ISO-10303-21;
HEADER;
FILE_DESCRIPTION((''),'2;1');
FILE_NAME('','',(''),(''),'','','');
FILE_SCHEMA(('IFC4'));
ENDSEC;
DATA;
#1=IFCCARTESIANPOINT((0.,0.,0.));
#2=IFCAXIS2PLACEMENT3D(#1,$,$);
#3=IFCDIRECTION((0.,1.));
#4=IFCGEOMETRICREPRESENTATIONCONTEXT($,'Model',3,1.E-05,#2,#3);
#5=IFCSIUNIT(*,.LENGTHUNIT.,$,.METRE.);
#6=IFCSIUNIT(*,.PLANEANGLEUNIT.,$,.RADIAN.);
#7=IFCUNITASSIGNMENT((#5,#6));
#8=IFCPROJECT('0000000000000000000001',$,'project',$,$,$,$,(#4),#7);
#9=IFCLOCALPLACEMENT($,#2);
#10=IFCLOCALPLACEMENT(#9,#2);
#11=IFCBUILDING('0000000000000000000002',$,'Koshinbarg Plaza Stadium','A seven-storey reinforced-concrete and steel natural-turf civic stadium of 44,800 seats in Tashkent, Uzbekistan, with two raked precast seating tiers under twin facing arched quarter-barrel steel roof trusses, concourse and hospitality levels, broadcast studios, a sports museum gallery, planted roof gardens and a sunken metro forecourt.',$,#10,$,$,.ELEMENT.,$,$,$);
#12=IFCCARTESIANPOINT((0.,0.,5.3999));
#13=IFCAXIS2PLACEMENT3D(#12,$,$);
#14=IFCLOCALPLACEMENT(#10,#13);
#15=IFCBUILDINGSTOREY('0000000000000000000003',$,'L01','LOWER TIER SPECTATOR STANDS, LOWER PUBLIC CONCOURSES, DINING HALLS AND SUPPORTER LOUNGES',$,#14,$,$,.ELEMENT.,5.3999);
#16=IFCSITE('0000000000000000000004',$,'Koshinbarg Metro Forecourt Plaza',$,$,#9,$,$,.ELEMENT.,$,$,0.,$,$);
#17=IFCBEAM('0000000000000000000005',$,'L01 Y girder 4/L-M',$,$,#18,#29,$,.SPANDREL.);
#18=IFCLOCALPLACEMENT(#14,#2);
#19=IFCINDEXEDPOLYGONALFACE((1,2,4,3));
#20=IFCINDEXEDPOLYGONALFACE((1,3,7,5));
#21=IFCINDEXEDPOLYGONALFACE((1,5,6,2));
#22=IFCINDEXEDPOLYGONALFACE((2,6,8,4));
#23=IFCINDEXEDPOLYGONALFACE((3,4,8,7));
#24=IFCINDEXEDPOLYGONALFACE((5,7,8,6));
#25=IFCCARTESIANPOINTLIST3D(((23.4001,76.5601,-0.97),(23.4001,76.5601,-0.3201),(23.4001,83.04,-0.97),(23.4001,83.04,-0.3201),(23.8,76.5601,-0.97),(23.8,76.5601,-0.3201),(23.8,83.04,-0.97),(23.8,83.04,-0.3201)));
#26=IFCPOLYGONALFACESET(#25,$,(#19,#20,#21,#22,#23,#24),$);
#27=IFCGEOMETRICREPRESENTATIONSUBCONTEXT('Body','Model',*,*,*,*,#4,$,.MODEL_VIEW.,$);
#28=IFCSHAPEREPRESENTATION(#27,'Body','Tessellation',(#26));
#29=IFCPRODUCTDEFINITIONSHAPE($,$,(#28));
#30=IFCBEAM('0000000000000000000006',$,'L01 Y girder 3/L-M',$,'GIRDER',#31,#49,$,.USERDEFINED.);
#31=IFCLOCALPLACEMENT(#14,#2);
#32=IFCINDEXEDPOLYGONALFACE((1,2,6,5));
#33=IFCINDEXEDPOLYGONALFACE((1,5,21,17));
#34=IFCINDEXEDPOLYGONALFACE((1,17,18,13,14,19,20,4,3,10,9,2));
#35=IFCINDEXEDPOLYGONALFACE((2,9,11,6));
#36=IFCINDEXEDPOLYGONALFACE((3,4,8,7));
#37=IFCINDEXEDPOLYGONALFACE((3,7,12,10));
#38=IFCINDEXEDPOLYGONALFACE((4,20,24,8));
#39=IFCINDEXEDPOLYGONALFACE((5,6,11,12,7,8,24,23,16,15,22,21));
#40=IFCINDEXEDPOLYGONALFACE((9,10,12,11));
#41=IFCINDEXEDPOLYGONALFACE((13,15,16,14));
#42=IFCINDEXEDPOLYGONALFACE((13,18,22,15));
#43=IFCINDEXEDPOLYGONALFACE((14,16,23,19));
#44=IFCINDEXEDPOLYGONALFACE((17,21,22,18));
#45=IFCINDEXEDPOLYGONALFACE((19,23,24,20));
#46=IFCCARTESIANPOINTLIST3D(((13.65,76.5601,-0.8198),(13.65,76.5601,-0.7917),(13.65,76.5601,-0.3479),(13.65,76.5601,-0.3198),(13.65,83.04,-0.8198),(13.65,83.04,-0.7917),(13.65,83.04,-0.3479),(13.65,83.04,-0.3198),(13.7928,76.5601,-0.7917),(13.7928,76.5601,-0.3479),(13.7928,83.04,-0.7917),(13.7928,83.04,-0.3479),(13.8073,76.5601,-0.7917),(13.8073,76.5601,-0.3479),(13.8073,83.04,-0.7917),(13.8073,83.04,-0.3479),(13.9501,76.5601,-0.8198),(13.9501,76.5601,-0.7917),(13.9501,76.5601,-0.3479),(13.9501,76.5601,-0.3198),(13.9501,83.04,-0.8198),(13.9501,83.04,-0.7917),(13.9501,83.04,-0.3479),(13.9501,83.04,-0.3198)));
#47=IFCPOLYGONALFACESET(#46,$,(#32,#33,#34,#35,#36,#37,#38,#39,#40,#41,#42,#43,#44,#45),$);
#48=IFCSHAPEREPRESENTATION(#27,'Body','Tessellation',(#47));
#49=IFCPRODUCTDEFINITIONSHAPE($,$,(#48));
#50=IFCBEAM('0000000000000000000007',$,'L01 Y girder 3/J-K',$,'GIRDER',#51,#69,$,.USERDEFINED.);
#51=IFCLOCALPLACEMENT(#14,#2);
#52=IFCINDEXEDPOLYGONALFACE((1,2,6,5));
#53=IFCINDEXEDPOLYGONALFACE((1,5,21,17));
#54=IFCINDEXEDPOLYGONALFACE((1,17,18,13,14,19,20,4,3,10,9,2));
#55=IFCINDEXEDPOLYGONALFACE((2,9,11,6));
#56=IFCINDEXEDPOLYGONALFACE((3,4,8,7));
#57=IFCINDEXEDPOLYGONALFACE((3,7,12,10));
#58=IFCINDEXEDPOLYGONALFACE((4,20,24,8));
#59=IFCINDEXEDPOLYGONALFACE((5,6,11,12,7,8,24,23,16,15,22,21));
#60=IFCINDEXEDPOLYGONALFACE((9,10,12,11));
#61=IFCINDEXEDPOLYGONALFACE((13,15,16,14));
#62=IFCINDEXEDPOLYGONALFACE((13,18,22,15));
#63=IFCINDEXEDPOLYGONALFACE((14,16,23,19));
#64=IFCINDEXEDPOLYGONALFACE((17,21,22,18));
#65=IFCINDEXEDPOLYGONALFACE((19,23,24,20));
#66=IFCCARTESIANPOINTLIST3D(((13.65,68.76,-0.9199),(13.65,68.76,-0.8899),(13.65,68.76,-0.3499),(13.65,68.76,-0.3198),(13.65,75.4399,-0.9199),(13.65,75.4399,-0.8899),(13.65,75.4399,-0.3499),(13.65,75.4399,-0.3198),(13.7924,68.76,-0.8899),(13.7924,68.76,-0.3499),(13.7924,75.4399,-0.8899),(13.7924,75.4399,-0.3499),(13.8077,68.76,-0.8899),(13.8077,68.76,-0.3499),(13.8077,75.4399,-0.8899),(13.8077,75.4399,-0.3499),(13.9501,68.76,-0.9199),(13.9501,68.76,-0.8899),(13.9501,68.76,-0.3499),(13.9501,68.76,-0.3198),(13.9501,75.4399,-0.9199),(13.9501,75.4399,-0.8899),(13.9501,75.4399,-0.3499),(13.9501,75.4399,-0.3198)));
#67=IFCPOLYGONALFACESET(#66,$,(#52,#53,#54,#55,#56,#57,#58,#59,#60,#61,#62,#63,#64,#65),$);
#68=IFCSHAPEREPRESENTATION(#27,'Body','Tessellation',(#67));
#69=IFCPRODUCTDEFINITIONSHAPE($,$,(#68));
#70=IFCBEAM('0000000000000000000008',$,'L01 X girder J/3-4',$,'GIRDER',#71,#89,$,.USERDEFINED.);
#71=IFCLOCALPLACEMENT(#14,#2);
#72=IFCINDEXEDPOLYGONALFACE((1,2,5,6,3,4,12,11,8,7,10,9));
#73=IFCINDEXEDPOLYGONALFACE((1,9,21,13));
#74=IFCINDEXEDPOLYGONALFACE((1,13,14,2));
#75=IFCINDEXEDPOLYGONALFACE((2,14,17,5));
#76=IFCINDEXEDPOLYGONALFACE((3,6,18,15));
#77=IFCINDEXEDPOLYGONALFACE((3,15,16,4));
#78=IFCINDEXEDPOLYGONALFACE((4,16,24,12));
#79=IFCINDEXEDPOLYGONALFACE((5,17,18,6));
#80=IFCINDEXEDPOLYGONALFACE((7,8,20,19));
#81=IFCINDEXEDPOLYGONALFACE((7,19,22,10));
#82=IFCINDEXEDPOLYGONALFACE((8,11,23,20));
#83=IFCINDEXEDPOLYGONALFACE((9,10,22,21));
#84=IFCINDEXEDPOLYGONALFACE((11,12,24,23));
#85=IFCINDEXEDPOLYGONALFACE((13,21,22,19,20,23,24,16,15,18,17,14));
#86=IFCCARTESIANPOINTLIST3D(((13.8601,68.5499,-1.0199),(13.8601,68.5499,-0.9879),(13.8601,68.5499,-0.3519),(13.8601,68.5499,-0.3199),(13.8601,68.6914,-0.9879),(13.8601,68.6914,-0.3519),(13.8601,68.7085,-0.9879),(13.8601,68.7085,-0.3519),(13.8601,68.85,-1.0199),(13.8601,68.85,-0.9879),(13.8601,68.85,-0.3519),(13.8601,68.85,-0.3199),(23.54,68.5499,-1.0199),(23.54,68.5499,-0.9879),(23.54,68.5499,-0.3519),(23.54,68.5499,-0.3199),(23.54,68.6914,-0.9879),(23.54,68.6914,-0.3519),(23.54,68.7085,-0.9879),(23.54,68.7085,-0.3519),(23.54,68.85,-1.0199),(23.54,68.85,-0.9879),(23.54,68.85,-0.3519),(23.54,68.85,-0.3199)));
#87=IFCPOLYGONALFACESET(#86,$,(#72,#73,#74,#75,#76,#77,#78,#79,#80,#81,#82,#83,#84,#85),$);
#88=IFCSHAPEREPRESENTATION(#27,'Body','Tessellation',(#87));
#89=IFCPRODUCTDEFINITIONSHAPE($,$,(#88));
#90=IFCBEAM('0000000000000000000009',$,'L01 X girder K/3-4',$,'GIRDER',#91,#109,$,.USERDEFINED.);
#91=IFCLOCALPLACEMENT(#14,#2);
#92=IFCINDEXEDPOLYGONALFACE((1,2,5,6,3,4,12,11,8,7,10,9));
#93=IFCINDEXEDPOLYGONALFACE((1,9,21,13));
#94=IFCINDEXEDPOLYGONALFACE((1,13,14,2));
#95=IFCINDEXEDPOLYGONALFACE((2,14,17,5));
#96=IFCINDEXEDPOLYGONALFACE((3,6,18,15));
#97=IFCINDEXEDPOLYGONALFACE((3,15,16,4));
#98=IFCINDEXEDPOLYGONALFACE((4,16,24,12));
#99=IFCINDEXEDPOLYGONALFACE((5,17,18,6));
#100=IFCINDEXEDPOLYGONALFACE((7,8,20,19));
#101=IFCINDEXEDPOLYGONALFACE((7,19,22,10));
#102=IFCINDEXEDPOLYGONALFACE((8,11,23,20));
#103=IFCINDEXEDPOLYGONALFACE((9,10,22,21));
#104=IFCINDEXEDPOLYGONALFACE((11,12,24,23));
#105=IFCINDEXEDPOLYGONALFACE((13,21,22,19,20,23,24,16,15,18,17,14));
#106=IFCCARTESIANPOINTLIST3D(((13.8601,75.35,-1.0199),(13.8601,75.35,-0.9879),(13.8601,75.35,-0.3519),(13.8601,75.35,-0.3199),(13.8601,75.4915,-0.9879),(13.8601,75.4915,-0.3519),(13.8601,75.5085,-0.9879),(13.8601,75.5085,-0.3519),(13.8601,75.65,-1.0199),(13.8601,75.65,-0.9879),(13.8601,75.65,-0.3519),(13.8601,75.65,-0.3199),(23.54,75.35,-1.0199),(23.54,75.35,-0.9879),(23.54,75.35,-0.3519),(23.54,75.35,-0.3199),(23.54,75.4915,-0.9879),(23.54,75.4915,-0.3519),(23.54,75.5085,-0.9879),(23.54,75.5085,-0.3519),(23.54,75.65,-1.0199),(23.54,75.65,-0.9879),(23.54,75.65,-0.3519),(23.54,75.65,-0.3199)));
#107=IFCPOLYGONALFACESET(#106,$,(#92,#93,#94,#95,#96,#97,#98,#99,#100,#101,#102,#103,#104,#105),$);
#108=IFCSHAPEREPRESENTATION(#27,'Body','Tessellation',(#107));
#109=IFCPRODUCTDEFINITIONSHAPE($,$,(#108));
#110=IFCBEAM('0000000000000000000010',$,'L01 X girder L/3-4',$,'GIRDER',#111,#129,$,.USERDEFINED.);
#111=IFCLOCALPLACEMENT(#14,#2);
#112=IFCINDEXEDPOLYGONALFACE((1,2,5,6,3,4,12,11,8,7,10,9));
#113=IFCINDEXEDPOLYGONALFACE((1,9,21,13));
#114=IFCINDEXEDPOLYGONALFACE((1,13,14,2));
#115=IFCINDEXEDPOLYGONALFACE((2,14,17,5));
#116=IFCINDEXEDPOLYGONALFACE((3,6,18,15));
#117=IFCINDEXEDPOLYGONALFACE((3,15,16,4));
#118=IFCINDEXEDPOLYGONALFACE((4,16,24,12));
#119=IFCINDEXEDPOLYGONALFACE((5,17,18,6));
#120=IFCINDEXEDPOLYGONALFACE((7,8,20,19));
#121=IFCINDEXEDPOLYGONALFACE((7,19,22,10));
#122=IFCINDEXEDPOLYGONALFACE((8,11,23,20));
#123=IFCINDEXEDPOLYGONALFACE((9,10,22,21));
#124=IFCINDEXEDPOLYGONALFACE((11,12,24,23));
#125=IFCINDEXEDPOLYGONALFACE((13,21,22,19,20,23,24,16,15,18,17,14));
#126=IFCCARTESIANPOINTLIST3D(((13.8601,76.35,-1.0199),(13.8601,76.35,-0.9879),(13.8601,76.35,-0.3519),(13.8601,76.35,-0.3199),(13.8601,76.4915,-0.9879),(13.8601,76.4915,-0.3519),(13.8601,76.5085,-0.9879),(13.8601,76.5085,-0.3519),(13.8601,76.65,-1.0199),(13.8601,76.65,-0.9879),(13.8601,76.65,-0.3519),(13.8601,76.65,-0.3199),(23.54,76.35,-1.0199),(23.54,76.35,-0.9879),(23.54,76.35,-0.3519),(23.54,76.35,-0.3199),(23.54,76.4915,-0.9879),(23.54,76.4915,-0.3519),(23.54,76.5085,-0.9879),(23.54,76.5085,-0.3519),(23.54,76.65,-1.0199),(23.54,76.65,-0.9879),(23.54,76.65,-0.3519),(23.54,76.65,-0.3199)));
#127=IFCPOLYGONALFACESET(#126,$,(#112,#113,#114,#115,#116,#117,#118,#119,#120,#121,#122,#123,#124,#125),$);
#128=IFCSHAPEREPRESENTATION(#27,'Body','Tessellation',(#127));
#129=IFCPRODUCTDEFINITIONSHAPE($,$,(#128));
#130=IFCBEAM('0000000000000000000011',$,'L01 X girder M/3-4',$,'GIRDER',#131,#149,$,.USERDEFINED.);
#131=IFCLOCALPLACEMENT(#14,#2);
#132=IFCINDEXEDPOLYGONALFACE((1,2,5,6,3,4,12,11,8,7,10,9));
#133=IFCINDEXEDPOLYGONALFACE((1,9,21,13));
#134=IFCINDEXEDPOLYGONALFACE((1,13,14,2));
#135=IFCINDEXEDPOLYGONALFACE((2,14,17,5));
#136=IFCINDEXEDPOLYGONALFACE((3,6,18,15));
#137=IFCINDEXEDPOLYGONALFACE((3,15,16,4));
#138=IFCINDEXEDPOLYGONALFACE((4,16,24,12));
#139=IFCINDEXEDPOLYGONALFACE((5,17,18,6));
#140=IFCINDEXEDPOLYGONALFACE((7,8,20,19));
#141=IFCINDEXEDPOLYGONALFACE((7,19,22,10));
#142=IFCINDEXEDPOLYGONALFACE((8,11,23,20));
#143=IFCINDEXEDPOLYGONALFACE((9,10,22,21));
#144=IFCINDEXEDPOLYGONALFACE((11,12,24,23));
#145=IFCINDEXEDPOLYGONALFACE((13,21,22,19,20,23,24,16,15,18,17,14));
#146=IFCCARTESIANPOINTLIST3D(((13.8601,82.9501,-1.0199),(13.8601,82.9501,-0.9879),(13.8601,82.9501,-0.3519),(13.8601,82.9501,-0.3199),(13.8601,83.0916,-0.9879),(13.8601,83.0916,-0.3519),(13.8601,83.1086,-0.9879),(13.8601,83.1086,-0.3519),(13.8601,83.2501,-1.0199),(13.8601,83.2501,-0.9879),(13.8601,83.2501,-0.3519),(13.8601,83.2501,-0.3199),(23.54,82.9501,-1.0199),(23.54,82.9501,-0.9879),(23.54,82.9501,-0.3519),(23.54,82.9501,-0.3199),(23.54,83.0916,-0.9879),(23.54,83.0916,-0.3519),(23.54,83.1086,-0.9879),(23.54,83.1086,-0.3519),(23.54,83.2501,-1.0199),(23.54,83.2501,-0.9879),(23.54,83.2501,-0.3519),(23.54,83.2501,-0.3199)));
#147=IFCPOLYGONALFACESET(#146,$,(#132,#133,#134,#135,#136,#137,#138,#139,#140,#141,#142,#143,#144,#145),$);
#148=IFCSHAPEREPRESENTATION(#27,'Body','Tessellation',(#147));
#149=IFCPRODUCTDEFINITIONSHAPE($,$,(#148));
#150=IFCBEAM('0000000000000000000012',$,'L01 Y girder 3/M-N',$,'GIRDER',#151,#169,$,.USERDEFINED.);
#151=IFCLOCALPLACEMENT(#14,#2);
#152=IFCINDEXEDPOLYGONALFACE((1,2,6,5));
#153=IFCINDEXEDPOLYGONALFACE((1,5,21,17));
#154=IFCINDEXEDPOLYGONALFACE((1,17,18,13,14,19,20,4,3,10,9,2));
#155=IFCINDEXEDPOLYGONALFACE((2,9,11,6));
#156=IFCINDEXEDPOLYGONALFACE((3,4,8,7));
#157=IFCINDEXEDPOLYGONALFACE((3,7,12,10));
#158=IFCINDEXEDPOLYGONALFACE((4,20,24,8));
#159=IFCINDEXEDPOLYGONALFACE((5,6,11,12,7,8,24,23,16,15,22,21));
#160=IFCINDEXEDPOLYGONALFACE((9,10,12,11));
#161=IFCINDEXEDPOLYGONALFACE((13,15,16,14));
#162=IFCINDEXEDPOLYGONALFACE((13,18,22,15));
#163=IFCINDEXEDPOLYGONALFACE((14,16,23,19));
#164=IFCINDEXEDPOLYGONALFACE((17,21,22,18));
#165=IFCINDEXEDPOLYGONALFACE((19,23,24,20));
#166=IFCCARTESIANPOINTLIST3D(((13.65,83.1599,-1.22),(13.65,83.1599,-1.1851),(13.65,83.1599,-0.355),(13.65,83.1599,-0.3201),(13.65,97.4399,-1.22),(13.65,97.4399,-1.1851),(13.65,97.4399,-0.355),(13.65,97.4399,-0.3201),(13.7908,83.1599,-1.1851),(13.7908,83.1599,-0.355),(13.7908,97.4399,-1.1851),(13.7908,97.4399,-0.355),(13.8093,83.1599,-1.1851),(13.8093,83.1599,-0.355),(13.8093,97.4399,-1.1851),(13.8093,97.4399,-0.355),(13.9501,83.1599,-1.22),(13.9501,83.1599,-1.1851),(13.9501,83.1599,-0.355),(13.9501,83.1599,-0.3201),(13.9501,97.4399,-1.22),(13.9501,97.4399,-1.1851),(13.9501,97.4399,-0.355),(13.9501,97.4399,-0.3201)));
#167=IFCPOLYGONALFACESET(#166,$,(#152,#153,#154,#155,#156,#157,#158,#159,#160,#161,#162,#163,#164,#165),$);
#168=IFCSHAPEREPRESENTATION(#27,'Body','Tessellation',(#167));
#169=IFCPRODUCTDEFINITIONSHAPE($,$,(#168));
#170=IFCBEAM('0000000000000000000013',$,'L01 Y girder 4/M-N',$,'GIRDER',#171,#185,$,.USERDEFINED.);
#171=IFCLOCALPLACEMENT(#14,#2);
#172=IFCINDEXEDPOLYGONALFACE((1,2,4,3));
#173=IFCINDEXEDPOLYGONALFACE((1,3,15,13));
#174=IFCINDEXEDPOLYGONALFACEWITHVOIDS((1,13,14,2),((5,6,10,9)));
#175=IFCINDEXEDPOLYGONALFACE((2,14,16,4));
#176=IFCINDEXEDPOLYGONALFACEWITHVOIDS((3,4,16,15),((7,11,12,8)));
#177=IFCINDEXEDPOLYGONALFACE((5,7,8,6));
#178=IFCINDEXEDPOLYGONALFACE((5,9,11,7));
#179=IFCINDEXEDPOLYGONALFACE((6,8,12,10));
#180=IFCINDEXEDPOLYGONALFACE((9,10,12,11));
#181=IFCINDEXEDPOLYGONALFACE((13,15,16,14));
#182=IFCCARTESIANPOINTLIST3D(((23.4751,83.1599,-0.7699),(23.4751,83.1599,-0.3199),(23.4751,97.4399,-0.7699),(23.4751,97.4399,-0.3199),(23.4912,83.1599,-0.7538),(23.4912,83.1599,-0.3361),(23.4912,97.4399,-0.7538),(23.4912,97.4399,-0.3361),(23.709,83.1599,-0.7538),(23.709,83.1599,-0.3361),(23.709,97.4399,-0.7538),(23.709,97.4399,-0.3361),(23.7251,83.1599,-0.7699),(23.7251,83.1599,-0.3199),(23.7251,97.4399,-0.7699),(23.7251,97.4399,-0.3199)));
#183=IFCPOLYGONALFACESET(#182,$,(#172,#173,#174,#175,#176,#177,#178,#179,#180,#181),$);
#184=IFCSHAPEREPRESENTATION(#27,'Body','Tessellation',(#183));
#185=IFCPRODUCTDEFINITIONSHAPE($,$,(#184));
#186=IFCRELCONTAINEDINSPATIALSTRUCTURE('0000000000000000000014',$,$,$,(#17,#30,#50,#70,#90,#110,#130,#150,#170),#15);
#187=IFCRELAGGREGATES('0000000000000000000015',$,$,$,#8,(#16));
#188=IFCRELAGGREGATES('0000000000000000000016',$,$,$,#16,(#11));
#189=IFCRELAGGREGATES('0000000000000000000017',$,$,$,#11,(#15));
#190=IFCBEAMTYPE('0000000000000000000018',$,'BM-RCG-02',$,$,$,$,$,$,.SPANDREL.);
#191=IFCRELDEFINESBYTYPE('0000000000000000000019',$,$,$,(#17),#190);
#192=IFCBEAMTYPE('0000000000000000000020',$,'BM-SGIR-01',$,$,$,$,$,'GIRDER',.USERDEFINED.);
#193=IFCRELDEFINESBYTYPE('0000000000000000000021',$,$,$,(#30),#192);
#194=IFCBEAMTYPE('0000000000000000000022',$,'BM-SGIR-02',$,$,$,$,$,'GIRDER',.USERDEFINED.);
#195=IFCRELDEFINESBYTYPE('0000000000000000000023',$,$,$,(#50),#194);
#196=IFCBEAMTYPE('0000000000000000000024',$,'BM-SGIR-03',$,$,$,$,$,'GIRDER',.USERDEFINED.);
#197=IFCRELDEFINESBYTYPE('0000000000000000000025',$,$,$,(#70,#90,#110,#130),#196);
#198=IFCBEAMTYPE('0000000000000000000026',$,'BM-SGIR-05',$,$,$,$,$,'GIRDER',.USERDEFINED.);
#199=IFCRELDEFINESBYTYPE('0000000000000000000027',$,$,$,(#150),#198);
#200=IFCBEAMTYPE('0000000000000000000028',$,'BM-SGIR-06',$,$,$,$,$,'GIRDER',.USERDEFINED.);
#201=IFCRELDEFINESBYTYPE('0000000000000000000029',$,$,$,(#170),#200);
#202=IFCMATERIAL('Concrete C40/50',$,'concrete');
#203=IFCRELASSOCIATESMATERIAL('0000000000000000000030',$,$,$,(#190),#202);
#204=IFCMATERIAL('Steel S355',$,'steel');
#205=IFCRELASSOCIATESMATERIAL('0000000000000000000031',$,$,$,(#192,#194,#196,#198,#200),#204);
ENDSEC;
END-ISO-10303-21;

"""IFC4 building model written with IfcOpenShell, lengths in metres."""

from ifc_helpers import new_model, si_unit, direction, frame, origin, origin_2d, place, context, subcontext, project, spatial, rectangle, hollow_rectangle, i_section, extrude, material, material_profile, profile_set, type_object, element, save


model = new_model("IFC4")

# Units and contexts
model_context = context("Model", 3, precision=1e-05, world=origin(), true_north=direction((0.0, 1.0)))
body_context = subcontext(model_context, "Body", "Model", "MODEL_VIEW")
ifc_project = project(units=[si_unit("LENGTHUNIT", "METRE"), si_unit("PLANEANGLEUNIT", "RADIAN")], contexts=[model_context])

# Site, building, storey
site_placement = place(None, origin())
site = spatial("IfcSite", under=ifc_project, at=site_placement, Name="Koshinbarg Metro Forecourt Plaza", CompositionType="ELEMENT", RefElevation=0.0)
building_placement = place(site_placement, origin())
building = spatial("IfcBuilding", under=site, at=building_placement, Name="Koshinbarg Plaza Stadium", Description="A seven-storey reinforced-concrete and steel natural-turf civic stadium of 44,800 seats in Tashkent, Uzbekistan, with two raked precast seating tiers under twin facing arched quarter-barrel steel roof trusses, concourse and hospitality levels, broadcast studios, a sports museum gallery, planted roof gardens and a sunken metro forecourt.", CompositionType="ELEMENT")
storey_placement = place(building_placement, frame((0.0, 0.0, 5.3999)))
storey = spatial("IfcBuildingStorey", under=building, at=storey_placement, Name="L01", Description="LOWER TIER SPECTATOR STANDS, LOWER PUBLIC CONCOURSES, DINING HALLS AND SUPPORTER LOUNGES", CompositionType="ELEMENT", Elevation=5.3999)

# Shared definitions
ifc_material_1 = material(Name="Steel S355", Category="steel")

# Beams
ifc_material_2 = material(Name="Concrete C40/50", Category="concrete")
ifc_material_profile_1 = material_profile(ifc_material_2, rectangle(XDim=0.3999, YDim=0.6499, at=origin_2d()), Name="RC 400x650")
ifc_profile_set_1 = profile_set([ifc_material_profile_1], Name="Concrete C40/50")
beam_type_1 = type_object("IfcBeamType", Name="BM-RCG-02", PredefinedType="SPANDREL", material=ifc_profile_set_1)
beam_1_placement = place(storey_placement, frame((23.6001, 76.5601, -0.645), z_axis=(0.0, 1.0, 0.0), x_axis=(-1.0, 0.0, 0.0)))
element("IfcBeam", 1, at=beam_1_placement, inside=storey, type_object=beam_type_1, Name="L01 Y girder 4/L-M", PredefinedType="SPANDREL", context=body_context, shape_type="SweptSolid", body=[
    extrude(rectangle(XDim=0.3999, YDim=0.6499, at=origin_2d()), origin(), (0.0, 0.0, 1.0), 6.48),
])
ifc_material_profile_2 = material_profile(ifc_material_1, i_section(OverallWidth=0.3, OverallDepth=0.5, WebThickness=0.0144, FlangeThickness=0.0281, at=origin_2d()), Name="HEB 500")
ifc_profile_set_2 = profile_set([ifc_material_profile_2], Name="Steel S355")
beam_type_2 = type_object("IfcBeamType", Name="BM-SGIR-01", ElementType="GIRDER", PredefinedType="USERDEFINED", material=ifc_profile_set_2)
beam_2_placement = place(storey_placement, frame((13.8, 76.5601, -0.5698), z_axis=(0.0, 1.0, 0.0), x_axis=(-1.0, 0.0, 0.0)))
element("IfcBeam", 2, at=beam_2_placement, inside=storey, type_object=beam_type_2, Name="L01 Y girder 3/L-M", ObjectType="GIRDER", PredefinedType="USERDEFINED", context=body_context, shape_type="SweptSolid", body=[
    extrude(i_section(OverallWidth=0.3, OverallDepth=0.5, WebThickness=0.0144, FlangeThickness=0.0281, at=origin_2d()), origin(), (0.0, 0.0, 1.0), 6.48),
])
ifc_material_profile_3 = material_profile(ifc_material_1, i_section(OverallWidth=0.3, OverallDepth=0.6001, WebThickness=0.0154, FlangeThickness=0.03, at=origin_2d()), Name="HEB 600")
ifc_profile_set_3 = profile_set([ifc_material_profile_3], Name="Steel S355")
beam_type_3 = type_object("IfcBeamType", Name="BM-SGIR-02", ElementType="GIRDER", PredefinedType="USERDEFINED", material=ifc_profile_set_3)
beam_3_placement = place(storey_placement, frame((13.8, 68.76, -0.6199), z_axis=(0.0, 1.0, 0.0), x_axis=(-1.0, 0.0, 0.0)))
element("IfcBeam", 3, at=beam_3_placement, inside=storey, type_object=beam_type_3, Name="L01 Y girder 3/J-K", ObjectType="GIRDER", PredefinedType="USERDEFINED", context=body_context, shape_type="SweptSolid", body=[
    extrude(i_section(OverallWidth=0.3, OverallDepth=0.6001, WebThickness=0.0154, FlangeThickness=0.03, at=origin_2d()), origin(), (0.0, 0.0, 1.0), 6.6799),
])
ifc_material_profile_4 = material_profile(ifc_material_1, i_section(OverallWidth=0.3, OverallDepth=0.7, WebThickness=0.0171, FlangeThickness=0.032, at=origin_2d()), Name="HEB 700")
ifc_profile_set_4 = profile_set([ifc_material_profile_4], Name="Steel S355")
beam_type_4 = type_object("IfcBeamType", Name="BM-SGIR-03", ElementType="GIRDER", PredefinedType="USERDEFINED", material=ifc_profile_set_4)
for number, where, z_axis, x_axis, name in (
    (4, (13.8601, 68.7, -0.6699), (1.0, 0.0, 0.0), (0.0, 1.0, 0.0), "L01 X girder J/3-4"),
    (5, (13.8601, 75.5, -0.6699), (1.0, 0.0, 0.0), (0.0, 1.0, 0.0), "L01 X girder K/3-4"),
    (6, (13.8601, 76.5, -0.6699), (1.0, 0.0, 0.0), (0.0, 1.0, 0.0), "L01 X girder L/3-4"),
    (7, (13.8601, 83.1001, -0.6699), (1.0, 0.0, 0.0), (0.0, 1.0, 0.0), "L01 X girder M/3-4"),
):
    element("IfcBeam", number, at=place(storey_placement, frame(where, z_axis=z_axis, x_axis=x_axis)), inside=storey, type_object=beam_type_4, Name=name, ObjectType="GIRDER", PredefinedType="USERDEFINED", context=body_context, shape_type="SweptSolid", body=[
        extrude(i_section(OverallWidth=0.3, OverallDepth=0.7, WebThickness=0.0171, FlangeThickness=0.032, at=origin_2d()), origin(), (0.0, 0.0, 1.0), 9.6799),
    ])
ifc_material_profile_5 = material_profile(ifc_material_1, i_section(OverallWidth=0.3, OverallDepth=0.8999, WebThickness=0.0186, FlangeThickness=0.0349, at=origin_2d()), Name="HEB 900")
ifc_profile_set_5 = profile_set([ifc_material_profile_5], Name="Steel S355")
beam_type_5 = type_object("IfcBeamType", Name="BM-SGIR-05", ElementType="GIRDER", PredefinedType="USERDEFINED", material=ifc_profile_set_5)
beam_4_placement = place(storey_placement, frame((13.8, 83.1599, -0.77), z_axis=(0.0, 1.0, 0.0), x_axis=(-1.0, 0.0, 0.0)))
element("IfcBeam", 8, at=beam_4_placement, inside=storey, type_object=beam_type_5, Name="L01 Y girder 3/M-N", ObjectType="GIRDER", PredefinedType="USERDEFINED", context=body_context, shape_type="SweptSolid", body=[
    extrude(i_section(OverallWidth=0.3, OverallDepth=0.8999, WebThickness=0.0186, FlangeThickness=0.0349, at=origin_2d()), origin(), (0.0, 0.0, 1.0), 14.28),
])
ifc_material_profile_6 = material_profile(ifc_material_1, hollow_rectangle(XDim=0.25, YDim=0.45, WallThickness=0.0161, at=origin_2d()), Name="RHS 450x250x16")
ifc_profile_set_6 = profile_set([ifc_material_profile_6], Name="Steel S355")
beam_type_6 = type_object("IfcBeamType", Name="BM-SGIR-06", ElementType="GIRDER", PredefinedType="USERDEFINED", material=ifc_profile_set_6)
beam_5_placement = place(storey_placement, frame((23.6001, 83.1599, -0.5449), z_axis=(0.0, 1.0, 0.0), x_axis=(-1.0, 0.0, 0.0)))
element("IfcBeam", 9, at=beam_5_placement, inside=storey, type_object=beam_type_6, Name="L01 Y girder 4/M-N", ObjectType="GIRDER", PredefinedType="USERDEFINED", context=body_context, shape_type="SweptSolid", body=[
    extrude(hollow_rectangle(XDim=0.25, YDim=0.45, WallThickness=0.0161, at=origin_2d()), origin(), (0.0, 0.0, 1.0), 14.28),
])

save(model, "model.ifc")
